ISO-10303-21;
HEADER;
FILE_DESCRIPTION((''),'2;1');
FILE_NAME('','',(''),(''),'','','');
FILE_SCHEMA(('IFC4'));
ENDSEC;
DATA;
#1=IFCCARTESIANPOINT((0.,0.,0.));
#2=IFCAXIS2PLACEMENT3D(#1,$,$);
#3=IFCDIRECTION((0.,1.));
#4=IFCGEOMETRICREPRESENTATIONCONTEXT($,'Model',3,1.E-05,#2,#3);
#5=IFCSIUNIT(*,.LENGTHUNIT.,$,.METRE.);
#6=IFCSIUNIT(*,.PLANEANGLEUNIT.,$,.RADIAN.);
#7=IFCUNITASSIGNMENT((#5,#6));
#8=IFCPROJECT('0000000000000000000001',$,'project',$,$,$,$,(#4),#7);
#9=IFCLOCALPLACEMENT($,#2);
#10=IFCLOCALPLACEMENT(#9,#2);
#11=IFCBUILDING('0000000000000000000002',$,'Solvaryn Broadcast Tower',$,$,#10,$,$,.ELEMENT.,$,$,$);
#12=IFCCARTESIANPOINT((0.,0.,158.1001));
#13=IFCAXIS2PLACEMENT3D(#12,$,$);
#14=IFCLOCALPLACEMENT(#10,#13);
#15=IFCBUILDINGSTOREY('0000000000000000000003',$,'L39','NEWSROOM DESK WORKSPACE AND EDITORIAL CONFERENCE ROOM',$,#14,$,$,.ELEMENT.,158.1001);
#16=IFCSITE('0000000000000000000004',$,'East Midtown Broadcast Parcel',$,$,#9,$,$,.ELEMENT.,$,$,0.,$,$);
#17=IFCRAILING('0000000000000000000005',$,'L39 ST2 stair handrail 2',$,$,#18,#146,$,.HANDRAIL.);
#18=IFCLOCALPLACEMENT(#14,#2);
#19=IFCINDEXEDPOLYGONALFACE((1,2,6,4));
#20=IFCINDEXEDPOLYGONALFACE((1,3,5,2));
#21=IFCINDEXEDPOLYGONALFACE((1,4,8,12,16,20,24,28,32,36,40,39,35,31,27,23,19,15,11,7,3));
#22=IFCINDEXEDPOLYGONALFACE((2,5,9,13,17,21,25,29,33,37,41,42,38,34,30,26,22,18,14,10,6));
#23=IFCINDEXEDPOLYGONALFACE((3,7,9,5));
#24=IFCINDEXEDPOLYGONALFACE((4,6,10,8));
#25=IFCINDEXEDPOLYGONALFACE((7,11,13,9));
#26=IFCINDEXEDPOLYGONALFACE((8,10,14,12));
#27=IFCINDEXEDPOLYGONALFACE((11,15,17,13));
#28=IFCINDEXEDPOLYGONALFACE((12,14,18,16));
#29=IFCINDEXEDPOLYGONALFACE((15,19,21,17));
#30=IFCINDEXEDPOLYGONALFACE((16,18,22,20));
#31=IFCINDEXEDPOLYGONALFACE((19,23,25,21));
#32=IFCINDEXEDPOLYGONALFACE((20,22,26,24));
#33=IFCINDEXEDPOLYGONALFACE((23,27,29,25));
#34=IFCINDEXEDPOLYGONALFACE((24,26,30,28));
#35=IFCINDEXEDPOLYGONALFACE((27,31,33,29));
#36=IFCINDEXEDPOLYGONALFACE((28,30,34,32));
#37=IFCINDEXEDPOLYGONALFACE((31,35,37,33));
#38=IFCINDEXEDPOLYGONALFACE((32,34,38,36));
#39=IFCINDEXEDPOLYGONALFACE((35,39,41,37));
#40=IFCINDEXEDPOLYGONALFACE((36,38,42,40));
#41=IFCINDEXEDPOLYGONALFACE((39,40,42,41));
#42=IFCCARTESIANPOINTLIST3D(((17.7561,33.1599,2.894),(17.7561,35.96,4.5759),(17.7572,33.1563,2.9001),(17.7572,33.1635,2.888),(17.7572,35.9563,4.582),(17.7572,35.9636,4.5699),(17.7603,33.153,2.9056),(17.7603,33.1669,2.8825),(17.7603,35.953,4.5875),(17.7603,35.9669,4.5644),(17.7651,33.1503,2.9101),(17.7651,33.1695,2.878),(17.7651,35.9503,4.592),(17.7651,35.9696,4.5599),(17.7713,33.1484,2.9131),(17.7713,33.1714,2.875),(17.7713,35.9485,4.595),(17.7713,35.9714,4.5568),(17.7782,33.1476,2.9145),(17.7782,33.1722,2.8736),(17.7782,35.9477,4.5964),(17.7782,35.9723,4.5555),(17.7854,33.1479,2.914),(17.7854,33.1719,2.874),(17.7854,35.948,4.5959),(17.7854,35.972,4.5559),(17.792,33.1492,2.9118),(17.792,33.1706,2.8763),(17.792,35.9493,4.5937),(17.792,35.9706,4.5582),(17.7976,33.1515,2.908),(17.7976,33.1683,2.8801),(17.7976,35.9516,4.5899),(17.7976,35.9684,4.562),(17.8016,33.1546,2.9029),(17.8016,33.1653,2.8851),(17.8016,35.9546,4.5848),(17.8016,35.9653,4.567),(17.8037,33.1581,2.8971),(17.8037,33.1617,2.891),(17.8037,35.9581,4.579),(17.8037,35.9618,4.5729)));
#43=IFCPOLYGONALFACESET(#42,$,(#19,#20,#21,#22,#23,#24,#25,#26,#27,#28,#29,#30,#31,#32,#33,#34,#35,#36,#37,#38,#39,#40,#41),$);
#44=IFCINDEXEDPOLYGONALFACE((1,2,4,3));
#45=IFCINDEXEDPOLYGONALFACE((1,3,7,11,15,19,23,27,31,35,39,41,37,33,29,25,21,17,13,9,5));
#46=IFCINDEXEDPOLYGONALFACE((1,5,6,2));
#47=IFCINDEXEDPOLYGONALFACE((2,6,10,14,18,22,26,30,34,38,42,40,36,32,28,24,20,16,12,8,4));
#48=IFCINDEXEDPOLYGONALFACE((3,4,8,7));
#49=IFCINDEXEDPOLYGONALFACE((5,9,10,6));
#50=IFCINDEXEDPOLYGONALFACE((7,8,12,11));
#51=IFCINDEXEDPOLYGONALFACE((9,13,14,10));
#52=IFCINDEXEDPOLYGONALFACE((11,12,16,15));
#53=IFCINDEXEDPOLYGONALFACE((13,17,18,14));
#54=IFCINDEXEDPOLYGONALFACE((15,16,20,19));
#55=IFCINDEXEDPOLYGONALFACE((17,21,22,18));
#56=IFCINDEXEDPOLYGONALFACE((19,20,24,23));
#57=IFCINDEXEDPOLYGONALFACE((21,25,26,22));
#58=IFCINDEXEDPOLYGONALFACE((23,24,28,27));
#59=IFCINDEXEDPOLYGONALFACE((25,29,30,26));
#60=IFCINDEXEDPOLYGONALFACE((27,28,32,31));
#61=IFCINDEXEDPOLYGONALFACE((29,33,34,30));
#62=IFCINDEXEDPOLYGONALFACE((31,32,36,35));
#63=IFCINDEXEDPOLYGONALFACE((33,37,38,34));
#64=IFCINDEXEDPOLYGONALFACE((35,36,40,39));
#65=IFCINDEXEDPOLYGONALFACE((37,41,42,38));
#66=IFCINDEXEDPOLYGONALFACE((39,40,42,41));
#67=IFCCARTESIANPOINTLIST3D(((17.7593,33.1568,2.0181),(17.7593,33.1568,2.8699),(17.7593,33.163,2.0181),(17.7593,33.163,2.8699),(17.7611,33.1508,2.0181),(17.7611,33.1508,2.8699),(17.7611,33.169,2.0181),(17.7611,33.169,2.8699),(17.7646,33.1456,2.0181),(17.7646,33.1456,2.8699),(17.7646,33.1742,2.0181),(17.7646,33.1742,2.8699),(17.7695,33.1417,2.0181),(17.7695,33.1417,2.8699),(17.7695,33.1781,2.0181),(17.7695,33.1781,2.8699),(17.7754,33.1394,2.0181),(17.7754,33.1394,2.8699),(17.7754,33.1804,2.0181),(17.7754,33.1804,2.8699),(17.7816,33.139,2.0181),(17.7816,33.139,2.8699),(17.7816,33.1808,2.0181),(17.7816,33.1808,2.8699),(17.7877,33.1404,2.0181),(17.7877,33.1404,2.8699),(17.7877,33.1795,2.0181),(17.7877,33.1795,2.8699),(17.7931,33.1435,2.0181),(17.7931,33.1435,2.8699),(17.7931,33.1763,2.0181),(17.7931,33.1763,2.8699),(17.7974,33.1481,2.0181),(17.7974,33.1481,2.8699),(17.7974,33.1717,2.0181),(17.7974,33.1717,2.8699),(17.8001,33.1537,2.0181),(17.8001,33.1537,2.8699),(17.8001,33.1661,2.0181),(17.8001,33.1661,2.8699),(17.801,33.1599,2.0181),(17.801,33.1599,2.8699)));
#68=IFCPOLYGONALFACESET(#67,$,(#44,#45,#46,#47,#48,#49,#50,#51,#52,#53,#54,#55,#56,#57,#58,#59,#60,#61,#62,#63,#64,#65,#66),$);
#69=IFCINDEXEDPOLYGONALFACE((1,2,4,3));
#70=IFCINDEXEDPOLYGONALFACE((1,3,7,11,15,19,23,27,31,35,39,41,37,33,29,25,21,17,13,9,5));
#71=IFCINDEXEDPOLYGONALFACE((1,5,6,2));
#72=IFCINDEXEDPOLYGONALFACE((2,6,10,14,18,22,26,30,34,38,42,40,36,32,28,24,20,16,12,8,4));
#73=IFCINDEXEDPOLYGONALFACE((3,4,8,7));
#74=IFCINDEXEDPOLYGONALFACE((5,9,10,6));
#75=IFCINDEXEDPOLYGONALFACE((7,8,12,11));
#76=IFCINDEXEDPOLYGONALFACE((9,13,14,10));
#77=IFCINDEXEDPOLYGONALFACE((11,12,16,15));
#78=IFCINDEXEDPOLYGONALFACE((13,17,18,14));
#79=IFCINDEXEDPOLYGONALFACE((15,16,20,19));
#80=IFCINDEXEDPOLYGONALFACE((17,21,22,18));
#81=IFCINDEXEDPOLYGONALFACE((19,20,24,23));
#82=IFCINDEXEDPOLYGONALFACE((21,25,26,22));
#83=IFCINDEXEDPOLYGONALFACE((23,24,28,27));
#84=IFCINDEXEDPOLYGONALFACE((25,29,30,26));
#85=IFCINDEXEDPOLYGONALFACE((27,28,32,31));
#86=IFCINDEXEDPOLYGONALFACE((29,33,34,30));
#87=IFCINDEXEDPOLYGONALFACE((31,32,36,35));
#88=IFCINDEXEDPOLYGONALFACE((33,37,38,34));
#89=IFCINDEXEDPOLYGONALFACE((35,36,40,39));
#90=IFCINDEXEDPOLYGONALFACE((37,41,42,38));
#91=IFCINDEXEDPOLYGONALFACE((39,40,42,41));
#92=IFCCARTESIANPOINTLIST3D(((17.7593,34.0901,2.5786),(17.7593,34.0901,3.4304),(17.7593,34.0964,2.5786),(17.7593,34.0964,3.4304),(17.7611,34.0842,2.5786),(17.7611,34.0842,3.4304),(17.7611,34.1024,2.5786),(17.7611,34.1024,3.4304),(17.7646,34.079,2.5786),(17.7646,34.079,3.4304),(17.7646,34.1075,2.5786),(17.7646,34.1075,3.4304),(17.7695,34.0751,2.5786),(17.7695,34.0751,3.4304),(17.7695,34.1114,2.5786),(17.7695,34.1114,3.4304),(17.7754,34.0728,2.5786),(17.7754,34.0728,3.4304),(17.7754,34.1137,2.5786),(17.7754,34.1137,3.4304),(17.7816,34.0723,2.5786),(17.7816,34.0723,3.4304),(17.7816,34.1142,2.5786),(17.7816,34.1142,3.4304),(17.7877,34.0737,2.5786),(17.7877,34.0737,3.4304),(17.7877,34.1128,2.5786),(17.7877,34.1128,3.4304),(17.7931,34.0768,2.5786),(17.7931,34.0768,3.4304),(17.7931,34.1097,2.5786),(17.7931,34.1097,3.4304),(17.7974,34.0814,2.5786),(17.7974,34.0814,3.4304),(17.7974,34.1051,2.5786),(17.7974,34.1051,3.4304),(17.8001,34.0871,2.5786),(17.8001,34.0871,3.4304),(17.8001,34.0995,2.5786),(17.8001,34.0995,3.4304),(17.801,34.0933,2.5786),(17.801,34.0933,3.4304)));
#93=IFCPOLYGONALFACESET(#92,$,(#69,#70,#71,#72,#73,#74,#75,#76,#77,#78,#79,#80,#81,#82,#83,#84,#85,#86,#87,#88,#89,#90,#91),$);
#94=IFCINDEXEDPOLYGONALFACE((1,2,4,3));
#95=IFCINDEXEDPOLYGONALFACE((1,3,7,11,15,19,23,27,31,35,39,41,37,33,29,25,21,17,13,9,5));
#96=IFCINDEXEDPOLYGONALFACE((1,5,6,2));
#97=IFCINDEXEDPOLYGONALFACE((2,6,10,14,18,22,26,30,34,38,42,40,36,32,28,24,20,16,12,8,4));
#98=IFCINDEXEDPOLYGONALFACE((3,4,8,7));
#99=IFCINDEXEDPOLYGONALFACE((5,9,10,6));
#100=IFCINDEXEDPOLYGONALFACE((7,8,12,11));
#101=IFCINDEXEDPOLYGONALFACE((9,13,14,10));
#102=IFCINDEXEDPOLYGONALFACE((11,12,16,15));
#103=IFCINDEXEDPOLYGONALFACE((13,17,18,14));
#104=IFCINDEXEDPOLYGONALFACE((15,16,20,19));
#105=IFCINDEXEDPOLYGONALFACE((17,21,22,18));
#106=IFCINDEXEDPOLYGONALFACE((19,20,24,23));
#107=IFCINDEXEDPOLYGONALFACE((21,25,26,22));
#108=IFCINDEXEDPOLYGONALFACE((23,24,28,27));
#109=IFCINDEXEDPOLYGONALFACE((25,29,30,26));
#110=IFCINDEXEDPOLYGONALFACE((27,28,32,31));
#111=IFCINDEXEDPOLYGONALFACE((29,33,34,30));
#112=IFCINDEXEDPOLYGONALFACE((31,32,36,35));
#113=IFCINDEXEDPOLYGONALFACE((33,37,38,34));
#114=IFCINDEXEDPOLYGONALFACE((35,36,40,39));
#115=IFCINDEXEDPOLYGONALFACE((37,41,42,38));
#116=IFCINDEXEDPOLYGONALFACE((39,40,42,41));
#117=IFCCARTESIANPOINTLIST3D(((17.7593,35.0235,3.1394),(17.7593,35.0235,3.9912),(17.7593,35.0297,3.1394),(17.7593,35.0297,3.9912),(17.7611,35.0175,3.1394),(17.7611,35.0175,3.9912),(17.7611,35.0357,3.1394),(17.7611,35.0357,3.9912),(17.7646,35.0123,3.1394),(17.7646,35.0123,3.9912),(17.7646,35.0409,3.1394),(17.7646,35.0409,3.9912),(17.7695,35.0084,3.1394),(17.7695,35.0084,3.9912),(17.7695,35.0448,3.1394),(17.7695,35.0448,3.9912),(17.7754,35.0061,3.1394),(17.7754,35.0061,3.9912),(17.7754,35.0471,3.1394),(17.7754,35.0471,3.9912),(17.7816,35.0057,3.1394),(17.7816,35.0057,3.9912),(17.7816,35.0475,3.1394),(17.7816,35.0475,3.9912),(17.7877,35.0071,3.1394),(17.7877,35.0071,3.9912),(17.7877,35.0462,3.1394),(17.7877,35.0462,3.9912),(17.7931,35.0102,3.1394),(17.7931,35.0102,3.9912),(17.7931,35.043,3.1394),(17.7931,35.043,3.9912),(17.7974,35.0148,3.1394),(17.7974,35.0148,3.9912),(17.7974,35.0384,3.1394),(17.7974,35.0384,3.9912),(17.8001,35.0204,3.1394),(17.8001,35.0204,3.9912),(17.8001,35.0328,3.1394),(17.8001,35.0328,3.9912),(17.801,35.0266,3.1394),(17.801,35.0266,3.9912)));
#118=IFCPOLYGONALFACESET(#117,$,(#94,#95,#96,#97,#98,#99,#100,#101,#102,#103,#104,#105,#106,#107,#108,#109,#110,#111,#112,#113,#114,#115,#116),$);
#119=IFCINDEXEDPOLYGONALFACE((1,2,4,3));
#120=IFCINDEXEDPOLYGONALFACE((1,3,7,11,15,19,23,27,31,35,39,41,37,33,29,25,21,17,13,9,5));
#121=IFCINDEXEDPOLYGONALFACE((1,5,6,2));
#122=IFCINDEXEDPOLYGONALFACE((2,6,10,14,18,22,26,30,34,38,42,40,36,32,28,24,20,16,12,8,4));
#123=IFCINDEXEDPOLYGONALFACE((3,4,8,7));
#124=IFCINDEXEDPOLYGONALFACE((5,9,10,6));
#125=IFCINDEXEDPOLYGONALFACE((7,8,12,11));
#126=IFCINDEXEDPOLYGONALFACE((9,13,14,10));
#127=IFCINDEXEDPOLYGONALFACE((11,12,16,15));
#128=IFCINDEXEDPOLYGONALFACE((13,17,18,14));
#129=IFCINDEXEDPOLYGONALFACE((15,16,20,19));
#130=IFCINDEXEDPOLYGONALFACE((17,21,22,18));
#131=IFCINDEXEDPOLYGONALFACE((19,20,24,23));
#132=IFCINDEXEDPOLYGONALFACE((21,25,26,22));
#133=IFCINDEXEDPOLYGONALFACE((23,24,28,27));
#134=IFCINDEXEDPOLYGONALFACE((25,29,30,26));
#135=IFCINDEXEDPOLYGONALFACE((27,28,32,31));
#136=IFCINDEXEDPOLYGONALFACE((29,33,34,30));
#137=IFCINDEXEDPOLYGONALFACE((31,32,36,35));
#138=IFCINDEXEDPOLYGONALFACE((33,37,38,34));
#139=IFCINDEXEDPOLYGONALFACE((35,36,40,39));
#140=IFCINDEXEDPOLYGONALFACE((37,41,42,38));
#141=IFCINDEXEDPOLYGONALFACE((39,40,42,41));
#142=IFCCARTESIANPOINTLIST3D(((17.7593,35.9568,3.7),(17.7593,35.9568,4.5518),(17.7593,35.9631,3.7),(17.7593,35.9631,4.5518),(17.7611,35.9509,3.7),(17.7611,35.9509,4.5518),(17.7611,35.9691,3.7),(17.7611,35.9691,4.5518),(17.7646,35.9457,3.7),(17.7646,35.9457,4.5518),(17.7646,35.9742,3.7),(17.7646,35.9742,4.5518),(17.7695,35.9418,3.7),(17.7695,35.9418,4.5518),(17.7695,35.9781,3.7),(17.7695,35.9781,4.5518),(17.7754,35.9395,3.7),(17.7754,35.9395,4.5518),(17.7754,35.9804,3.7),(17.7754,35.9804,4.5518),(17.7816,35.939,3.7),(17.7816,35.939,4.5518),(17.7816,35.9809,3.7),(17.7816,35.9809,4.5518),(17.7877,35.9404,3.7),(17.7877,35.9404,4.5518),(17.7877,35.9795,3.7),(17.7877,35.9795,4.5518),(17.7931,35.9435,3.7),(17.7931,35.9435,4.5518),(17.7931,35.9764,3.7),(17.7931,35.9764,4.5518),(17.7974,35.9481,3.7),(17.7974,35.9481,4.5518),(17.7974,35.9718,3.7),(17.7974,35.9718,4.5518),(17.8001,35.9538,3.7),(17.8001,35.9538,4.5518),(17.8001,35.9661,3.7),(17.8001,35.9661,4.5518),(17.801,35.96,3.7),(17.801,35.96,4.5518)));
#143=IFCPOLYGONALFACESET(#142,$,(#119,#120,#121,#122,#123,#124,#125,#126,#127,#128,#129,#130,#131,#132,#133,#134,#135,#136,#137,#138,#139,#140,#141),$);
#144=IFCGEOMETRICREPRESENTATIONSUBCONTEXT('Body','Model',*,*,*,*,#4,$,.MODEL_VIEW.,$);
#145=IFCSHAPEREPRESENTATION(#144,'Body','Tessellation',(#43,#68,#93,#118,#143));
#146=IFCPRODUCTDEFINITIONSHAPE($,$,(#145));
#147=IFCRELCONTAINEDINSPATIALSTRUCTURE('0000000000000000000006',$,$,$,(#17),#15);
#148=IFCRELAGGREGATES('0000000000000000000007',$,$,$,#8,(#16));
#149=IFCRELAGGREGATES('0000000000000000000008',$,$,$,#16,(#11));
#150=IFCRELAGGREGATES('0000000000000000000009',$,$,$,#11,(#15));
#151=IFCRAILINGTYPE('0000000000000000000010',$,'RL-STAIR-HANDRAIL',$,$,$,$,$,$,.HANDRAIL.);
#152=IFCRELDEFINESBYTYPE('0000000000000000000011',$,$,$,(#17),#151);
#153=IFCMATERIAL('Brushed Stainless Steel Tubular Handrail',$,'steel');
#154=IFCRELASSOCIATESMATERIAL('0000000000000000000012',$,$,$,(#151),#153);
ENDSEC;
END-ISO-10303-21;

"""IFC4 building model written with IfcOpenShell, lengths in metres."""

from ifc_helpers import new_model, si_unit, direction, frame, origin, origin_2d, place, context, subcontext, project, spatial, circle, extrude, material, type_object, element, save


model = new_model("IFC4")

# Units and contexts
model_context = context("Model", 3, precision=1e-05, world=origin(), true_north=direction((0.0, 1.0)))
body_context = subcontext(model_context, "Body", "Model", "MODEL_VIEW")
ifc_project = project(units=[si_unit("LENGTHUNIT", "METRE"), si_unit("PLANEANGLEUNIT", "RADIAN")], contexts=[model_context])

# Site, building, storey
site_placement = place(None, origin())
site = spatial("IfcSite", under=ifc_project, at=site_placement, Name="East Midtown Broadcast Parcel", CompositionType="ELEMENT", RefElevation=0.0)
building_placement = place(site_placement, origin())
building = spatial("IfcBuilding", under=site, at=building_placement, Name="Solvaryn Broadcast Tower", CompositionType="ELEMENT")
storey_placement = place(building_placement, frame((0.0, 0.0, 158.1001)))
storey = spatial("IfcBuildingStorey", under=building, at=storey_placement, Name="L39", Description="NEWSROOM DESK WORKSPACE AND EDITORIAL CONFERENCE ROOM", CompositionType="ELEMENT", Elevation=158.1001)

# Railing
ifc_material_1 = material(Name="Brushed Stainless Steel Tubular Handrail", Category="steel")
railing_type_1 = type_object("IfcRailingType", Name="RL-STAIR-HANDRAIL", PredefinedType="HANDRAIL", material=ifc_material_1)
railing_1_placement = place(storey_placement, frame((17.78, 33.1599, 2.0181)))
element("IfcRailing", 1, at=railing_1_placement, inside=storey, type_object=railing_type_1, Name="L39 ST2 stair handrail 2", PredefinedType="HANDRAIL", context=body_context, shape_type="SweptSolid", body=[
    extrude(circle(Radius=0.0239, at=origin_2d()), frame((0.0, 0.0, 0.876), z_axis=(0.0, 0.857242, 0.514913), x_axis=(-1.0, 0.0, 0.0)), (0.0, 0.0, 1.0), 3.2664),
    extrude(circle(Radius=0.021, at=origin_2d()), origin(), (0.0, 0.0, 1.0), 0.8518),
    extrude(circle(Radius=0.021, at=origin_2d()), frame((0.0, 0.9333, 0.5605)), (0.0, 0.0, 1.0), 0.8518),
    extrude(circle(Radius=0.021, at=origin_2d()), frame((0.0, 1.8667, 1.1213)), (0.0, 0.0, 1.0), 0.8518),
    extrude(circle(Radius=0.021, at=origin_2d()), frame((0.0, 2.8, 1.6819)), (0.0, 0.0, 1.0), 0.8518),
])

save(model, "model.ifc")
